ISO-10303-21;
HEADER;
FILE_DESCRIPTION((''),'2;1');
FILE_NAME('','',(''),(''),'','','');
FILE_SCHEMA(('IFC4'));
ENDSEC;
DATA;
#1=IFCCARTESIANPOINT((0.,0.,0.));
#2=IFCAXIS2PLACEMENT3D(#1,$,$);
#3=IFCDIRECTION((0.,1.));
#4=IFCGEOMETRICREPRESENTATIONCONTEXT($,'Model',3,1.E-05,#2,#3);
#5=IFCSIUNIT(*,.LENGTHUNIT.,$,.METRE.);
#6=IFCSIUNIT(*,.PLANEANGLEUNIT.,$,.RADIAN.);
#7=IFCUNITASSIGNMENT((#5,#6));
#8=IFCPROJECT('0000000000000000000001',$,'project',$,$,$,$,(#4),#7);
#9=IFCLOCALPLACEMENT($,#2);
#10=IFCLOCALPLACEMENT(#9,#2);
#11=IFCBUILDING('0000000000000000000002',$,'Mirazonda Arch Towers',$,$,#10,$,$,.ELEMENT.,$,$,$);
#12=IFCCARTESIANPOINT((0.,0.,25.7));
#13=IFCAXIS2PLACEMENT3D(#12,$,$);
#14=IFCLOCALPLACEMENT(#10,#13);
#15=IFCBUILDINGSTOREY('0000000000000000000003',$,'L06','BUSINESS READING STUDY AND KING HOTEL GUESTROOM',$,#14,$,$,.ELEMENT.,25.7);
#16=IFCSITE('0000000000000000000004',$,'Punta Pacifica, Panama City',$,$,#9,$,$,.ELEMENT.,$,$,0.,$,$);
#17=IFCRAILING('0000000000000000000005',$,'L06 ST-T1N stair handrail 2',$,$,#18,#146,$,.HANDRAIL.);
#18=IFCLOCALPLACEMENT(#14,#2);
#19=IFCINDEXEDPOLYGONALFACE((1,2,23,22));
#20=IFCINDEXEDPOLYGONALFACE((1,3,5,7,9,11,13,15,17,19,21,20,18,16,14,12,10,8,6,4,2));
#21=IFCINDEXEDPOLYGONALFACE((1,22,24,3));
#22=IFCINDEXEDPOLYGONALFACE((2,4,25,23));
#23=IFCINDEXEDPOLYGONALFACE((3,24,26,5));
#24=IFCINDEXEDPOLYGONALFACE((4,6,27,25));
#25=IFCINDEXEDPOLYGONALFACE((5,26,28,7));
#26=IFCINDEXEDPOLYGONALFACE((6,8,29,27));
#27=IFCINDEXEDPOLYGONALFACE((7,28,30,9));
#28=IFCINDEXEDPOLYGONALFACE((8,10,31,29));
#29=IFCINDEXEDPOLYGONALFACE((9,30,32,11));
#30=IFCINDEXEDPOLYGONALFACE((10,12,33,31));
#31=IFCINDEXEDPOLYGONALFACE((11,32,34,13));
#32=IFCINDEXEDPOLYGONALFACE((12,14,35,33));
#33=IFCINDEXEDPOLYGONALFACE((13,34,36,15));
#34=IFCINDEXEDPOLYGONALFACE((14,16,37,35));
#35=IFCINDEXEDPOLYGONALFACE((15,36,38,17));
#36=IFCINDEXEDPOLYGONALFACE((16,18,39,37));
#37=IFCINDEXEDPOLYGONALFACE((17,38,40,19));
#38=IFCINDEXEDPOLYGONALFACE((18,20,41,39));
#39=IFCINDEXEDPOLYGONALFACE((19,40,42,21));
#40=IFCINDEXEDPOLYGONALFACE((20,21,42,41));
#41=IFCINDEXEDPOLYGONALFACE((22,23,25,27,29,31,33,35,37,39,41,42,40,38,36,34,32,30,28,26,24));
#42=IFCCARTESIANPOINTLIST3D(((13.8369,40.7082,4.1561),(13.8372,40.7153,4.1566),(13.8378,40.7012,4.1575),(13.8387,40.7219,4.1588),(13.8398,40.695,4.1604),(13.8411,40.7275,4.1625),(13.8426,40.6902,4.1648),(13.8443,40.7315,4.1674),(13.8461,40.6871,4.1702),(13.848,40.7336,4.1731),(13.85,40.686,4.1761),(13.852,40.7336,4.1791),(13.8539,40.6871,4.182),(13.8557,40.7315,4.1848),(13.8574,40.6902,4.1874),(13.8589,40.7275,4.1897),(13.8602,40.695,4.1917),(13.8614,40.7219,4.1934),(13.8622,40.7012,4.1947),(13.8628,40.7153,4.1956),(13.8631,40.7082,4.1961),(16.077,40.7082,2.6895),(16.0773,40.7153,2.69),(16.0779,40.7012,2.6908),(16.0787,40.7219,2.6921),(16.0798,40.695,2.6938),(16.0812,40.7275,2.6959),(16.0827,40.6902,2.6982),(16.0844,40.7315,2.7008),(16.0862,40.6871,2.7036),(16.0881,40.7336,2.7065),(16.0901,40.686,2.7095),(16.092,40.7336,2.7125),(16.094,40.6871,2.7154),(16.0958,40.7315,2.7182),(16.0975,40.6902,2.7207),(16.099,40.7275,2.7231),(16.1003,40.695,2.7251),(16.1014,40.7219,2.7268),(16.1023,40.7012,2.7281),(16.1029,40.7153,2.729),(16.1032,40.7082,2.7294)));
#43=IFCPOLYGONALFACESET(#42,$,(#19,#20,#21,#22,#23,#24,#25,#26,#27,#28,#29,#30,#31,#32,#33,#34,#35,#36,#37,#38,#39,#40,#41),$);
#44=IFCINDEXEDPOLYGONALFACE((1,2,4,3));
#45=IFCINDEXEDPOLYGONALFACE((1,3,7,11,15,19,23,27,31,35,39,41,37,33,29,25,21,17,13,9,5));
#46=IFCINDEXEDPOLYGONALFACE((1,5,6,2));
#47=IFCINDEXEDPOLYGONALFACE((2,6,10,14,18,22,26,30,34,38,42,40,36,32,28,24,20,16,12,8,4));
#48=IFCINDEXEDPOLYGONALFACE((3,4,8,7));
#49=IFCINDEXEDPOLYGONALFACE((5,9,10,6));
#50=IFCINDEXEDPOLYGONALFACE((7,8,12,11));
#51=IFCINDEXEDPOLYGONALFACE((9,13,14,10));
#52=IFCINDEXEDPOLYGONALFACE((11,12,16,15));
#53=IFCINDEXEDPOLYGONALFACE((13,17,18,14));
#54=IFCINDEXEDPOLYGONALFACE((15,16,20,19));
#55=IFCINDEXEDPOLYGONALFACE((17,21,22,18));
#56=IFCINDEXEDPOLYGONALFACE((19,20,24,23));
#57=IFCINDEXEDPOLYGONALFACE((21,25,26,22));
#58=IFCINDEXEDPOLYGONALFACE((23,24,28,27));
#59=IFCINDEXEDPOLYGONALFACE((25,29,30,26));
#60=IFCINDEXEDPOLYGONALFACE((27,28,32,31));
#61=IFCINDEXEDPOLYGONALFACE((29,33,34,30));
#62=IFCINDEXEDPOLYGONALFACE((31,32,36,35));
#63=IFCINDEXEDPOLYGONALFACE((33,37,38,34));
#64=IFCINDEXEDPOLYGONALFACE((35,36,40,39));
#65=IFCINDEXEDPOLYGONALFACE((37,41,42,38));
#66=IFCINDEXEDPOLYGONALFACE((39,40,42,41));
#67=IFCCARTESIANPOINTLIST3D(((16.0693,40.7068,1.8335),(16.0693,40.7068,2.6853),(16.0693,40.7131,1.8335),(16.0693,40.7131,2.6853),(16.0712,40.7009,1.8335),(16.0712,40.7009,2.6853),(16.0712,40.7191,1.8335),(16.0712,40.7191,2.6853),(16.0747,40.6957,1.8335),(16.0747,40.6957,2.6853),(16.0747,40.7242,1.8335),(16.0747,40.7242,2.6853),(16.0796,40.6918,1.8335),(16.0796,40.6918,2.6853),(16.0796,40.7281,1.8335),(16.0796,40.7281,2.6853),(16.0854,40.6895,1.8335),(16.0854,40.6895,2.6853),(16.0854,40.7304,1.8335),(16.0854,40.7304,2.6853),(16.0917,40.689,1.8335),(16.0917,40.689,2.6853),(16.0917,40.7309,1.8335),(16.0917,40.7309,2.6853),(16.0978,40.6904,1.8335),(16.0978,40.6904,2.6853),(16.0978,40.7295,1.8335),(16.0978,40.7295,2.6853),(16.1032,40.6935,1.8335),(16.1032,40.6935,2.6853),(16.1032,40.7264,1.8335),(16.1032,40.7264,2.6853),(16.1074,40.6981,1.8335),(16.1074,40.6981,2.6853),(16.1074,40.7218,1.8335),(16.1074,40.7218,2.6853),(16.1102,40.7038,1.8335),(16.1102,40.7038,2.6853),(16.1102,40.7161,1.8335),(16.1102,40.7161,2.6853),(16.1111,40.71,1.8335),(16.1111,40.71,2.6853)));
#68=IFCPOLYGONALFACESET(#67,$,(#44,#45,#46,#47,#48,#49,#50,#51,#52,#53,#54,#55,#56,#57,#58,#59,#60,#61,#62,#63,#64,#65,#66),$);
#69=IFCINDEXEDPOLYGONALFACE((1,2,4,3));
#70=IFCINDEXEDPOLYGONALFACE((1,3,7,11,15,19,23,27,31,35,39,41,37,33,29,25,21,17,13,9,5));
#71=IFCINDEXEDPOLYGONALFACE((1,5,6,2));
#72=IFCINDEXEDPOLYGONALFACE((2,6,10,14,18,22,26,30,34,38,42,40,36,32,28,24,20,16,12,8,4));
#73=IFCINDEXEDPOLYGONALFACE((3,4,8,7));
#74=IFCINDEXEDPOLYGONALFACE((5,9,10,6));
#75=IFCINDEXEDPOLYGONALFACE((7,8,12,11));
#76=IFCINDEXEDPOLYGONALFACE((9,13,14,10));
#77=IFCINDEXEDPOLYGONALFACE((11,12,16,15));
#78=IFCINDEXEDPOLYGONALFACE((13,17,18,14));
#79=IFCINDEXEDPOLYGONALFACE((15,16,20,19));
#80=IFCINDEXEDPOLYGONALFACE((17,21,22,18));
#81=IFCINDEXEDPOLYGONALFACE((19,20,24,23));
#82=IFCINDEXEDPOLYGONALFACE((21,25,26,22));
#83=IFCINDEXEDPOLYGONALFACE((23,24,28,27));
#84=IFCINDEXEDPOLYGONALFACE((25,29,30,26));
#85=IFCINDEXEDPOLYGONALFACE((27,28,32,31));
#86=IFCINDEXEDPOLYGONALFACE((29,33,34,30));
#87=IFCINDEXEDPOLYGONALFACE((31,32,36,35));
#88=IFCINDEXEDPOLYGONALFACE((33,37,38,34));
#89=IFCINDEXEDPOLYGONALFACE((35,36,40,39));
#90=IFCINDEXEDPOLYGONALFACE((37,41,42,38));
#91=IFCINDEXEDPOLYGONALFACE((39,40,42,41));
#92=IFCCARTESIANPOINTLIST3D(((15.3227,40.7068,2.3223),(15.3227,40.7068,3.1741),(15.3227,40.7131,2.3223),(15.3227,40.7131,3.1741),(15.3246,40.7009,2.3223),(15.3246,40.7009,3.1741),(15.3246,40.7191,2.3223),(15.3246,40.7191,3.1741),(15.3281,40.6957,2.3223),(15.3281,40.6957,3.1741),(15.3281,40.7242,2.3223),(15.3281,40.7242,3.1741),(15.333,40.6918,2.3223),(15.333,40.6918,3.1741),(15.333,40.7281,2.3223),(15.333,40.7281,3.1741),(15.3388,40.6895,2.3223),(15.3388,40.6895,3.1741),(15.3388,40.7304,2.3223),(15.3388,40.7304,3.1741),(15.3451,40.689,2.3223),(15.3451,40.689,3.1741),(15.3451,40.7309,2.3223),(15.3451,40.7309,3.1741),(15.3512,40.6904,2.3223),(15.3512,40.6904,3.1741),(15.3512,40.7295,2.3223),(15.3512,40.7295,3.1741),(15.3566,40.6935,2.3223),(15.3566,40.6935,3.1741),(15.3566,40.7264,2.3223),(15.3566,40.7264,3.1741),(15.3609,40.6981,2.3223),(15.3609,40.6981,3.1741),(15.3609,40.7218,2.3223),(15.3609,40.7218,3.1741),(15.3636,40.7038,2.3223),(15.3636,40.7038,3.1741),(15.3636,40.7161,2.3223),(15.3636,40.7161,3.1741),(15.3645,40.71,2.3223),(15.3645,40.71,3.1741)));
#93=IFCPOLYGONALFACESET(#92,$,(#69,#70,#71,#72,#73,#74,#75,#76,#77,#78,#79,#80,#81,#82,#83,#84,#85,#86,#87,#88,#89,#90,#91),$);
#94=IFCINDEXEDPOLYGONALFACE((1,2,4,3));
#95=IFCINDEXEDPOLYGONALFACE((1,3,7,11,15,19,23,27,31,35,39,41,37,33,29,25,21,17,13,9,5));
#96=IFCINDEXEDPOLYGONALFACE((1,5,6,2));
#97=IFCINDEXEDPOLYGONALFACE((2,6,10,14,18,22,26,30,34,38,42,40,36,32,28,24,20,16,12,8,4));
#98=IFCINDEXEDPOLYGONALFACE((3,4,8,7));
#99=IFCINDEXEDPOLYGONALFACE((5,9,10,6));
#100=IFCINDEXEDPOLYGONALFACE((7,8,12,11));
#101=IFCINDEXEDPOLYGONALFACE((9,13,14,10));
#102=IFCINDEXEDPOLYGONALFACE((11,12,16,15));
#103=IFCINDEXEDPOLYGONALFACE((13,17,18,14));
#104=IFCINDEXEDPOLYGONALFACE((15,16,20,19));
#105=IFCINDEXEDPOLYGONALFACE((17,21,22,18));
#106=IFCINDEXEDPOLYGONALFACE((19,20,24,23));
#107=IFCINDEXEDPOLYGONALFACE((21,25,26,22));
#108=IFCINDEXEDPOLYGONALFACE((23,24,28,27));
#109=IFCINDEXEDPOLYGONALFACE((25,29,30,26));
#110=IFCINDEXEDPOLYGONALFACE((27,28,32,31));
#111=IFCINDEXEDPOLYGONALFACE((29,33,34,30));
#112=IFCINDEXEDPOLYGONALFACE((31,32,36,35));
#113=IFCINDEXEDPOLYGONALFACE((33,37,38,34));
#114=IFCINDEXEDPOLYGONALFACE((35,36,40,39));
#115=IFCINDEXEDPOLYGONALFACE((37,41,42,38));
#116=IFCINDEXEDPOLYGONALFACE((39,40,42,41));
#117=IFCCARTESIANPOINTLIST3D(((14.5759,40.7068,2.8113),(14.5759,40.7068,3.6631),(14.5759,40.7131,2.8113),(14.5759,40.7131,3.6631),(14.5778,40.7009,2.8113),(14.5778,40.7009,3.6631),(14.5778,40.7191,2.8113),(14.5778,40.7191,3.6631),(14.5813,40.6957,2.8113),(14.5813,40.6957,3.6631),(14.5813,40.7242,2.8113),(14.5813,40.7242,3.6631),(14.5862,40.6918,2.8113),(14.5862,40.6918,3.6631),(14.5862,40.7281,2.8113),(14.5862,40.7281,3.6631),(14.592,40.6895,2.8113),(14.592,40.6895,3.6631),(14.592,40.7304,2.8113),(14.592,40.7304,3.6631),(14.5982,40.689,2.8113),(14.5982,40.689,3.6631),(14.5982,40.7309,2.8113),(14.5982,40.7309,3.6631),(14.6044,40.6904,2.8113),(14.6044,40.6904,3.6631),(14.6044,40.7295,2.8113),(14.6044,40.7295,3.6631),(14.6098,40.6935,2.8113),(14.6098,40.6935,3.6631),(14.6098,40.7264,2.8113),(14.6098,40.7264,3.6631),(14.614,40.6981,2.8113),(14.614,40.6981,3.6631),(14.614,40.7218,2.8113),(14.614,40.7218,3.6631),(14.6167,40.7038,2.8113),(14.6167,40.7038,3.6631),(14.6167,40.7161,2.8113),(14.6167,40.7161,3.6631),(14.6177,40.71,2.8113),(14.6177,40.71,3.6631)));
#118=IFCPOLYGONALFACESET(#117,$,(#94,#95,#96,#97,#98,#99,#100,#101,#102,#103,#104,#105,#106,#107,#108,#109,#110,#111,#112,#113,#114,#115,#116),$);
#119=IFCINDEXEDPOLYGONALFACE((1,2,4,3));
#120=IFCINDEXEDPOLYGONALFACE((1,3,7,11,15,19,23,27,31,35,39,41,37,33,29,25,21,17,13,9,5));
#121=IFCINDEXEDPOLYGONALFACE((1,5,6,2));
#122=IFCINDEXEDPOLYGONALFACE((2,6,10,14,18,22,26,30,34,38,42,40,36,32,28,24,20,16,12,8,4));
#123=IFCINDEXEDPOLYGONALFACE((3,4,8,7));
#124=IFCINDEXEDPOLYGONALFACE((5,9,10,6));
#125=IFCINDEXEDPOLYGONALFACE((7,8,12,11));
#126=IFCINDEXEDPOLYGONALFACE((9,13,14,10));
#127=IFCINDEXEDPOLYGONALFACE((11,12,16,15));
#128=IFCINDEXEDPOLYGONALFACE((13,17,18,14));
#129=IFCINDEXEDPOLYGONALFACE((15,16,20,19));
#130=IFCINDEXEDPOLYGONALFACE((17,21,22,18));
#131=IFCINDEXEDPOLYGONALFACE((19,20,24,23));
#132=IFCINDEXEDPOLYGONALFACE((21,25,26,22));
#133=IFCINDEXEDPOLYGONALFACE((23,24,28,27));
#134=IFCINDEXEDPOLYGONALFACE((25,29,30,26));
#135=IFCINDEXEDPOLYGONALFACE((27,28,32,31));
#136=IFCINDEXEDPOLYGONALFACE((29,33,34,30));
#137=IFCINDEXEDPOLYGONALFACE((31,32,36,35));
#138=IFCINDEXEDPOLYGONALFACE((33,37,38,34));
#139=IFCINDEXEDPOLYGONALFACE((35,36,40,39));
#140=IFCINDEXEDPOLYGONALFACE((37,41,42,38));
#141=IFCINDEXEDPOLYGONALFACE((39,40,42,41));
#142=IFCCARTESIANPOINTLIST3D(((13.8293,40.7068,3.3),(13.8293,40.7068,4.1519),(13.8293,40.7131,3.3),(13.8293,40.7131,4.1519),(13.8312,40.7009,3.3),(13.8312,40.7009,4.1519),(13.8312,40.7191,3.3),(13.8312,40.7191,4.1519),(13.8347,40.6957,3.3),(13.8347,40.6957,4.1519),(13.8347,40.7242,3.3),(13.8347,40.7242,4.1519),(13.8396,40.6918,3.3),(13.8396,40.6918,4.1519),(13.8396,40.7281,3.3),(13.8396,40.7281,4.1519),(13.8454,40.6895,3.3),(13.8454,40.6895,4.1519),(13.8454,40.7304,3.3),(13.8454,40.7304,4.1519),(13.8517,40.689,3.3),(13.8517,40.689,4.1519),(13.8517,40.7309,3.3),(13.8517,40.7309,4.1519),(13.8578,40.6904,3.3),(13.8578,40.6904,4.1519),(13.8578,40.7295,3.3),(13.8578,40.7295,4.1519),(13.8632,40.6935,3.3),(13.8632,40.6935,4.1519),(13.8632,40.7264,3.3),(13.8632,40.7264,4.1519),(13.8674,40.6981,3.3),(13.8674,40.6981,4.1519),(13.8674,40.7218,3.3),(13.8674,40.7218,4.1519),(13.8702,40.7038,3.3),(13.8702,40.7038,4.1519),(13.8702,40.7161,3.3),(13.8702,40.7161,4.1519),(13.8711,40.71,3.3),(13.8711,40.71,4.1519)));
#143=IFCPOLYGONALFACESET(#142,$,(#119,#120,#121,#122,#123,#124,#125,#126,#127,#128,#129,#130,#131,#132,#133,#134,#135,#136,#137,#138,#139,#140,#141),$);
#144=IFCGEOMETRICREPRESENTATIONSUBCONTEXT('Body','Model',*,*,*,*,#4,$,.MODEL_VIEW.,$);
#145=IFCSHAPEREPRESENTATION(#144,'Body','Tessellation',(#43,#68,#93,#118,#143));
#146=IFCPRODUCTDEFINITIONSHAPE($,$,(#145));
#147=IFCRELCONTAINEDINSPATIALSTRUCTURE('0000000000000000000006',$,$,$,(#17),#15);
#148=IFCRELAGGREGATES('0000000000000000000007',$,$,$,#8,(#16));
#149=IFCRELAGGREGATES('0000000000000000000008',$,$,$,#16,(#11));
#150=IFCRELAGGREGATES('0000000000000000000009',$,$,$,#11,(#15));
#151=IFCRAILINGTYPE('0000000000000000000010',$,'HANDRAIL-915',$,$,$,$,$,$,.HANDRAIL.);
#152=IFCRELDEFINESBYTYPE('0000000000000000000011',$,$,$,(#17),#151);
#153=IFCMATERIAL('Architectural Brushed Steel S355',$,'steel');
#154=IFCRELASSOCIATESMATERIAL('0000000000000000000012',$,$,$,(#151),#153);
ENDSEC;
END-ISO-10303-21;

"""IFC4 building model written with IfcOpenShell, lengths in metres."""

from ifc_helpers import new_model, si_unit, direction, frame, origin, origin_2d, place, context, subcontext, project, spatial, circle, extrude, material, type_object, element, save


model = new_model("IFC4")

# Units and contexts
model_context = context("Model", 3, precision=1e-05, world=origin(), true_north=direction((0.0, 1.0)))
body_context = subcontext(model_context, "Body", "Model", "MODEL_VIEW")
ifc_project = project(units=[si_unit("LENGTHUNIT", "METRE"), si_unit("PLANEANGLEUNIT", "RADIAN")], contexts=[model_context])

# Site, building, storey
site_placement = place(None, origin())
site = spatial("IfcSite", under=ifc_project, at=site_placement, Name="Punta Pacifica, Panama City", CompositionType="ELEMENT", RefElevation=0.0)
building_placement = place(site_placement, origin())
building = spatial("IfcBuilding", under=site, at=building_placement, Name="Mirazonda Arch Towers", CompositionType="ELEMENT")
storey_placement = place(building_placement, frame((0.0, 0.0, 25.7)))
storey = spatial("IfcBuildingStorey", under=building, at=storey_placement, Name="L06", Description="BUSINESS READING STUDY AND KING HOTEL GUESTROOM", CompositionType="ELEMENT", Elevation=25.7)

# Shared definitions
ifc_material_1 = material(Name="Architectural Brushed Steel S355", Category="steel")

# Railing
railing_type_1 = type_object("IfcRailingType", Name="HANDRAIL-915", PredefinedType="HANDRAIL", material=ifc_material_1)
railing_1_placement = place(storey_placement, frame((16.0901, 40.71, 1.8335)))
element("IfcRailing", 1, at=railing_1_placement, inside=storey, type_object=railing_type_1, Name="L06 ST-T1N stair handrail 2", PredefinedType="HANDRAIL", context=body_context, shape_type="SweptSolid", body=[
    extrude(circle(Radius=0.0239, at=origin_2d()), frame((0.0, 0.0, 0.876), z_axis=(-0.836637, 0.0, 0.547758), x_axis=(0.0, -1.0, 0.0)), (0.0, 0.0, 1.0), 2.6775),
    extrude(circle(Radius=0.021, at=origin_2d()), origin(), (0.0, 0.0, 1.0), 0.8518),
    extrude(circle(Radius=0.021, at=origin_2d()), frame((-0.7466, 0.0, 0.4888)), (0.0, 0.0, 1.0), 0.8518),
    extrude(circle(Radius=0.021, at=origin_2d()), frame((-1.4934, 0.0, 0.9778)), (0.0, 0.0, 1.0), 0.8518),
    extrude(circle(Radius=0.021, at=origin_2d()), frame((-2.24, 0.0, 1.4666)), (0.0, 0.0, 1.0), 0.8518),
])

save(model, "model.ifc")
